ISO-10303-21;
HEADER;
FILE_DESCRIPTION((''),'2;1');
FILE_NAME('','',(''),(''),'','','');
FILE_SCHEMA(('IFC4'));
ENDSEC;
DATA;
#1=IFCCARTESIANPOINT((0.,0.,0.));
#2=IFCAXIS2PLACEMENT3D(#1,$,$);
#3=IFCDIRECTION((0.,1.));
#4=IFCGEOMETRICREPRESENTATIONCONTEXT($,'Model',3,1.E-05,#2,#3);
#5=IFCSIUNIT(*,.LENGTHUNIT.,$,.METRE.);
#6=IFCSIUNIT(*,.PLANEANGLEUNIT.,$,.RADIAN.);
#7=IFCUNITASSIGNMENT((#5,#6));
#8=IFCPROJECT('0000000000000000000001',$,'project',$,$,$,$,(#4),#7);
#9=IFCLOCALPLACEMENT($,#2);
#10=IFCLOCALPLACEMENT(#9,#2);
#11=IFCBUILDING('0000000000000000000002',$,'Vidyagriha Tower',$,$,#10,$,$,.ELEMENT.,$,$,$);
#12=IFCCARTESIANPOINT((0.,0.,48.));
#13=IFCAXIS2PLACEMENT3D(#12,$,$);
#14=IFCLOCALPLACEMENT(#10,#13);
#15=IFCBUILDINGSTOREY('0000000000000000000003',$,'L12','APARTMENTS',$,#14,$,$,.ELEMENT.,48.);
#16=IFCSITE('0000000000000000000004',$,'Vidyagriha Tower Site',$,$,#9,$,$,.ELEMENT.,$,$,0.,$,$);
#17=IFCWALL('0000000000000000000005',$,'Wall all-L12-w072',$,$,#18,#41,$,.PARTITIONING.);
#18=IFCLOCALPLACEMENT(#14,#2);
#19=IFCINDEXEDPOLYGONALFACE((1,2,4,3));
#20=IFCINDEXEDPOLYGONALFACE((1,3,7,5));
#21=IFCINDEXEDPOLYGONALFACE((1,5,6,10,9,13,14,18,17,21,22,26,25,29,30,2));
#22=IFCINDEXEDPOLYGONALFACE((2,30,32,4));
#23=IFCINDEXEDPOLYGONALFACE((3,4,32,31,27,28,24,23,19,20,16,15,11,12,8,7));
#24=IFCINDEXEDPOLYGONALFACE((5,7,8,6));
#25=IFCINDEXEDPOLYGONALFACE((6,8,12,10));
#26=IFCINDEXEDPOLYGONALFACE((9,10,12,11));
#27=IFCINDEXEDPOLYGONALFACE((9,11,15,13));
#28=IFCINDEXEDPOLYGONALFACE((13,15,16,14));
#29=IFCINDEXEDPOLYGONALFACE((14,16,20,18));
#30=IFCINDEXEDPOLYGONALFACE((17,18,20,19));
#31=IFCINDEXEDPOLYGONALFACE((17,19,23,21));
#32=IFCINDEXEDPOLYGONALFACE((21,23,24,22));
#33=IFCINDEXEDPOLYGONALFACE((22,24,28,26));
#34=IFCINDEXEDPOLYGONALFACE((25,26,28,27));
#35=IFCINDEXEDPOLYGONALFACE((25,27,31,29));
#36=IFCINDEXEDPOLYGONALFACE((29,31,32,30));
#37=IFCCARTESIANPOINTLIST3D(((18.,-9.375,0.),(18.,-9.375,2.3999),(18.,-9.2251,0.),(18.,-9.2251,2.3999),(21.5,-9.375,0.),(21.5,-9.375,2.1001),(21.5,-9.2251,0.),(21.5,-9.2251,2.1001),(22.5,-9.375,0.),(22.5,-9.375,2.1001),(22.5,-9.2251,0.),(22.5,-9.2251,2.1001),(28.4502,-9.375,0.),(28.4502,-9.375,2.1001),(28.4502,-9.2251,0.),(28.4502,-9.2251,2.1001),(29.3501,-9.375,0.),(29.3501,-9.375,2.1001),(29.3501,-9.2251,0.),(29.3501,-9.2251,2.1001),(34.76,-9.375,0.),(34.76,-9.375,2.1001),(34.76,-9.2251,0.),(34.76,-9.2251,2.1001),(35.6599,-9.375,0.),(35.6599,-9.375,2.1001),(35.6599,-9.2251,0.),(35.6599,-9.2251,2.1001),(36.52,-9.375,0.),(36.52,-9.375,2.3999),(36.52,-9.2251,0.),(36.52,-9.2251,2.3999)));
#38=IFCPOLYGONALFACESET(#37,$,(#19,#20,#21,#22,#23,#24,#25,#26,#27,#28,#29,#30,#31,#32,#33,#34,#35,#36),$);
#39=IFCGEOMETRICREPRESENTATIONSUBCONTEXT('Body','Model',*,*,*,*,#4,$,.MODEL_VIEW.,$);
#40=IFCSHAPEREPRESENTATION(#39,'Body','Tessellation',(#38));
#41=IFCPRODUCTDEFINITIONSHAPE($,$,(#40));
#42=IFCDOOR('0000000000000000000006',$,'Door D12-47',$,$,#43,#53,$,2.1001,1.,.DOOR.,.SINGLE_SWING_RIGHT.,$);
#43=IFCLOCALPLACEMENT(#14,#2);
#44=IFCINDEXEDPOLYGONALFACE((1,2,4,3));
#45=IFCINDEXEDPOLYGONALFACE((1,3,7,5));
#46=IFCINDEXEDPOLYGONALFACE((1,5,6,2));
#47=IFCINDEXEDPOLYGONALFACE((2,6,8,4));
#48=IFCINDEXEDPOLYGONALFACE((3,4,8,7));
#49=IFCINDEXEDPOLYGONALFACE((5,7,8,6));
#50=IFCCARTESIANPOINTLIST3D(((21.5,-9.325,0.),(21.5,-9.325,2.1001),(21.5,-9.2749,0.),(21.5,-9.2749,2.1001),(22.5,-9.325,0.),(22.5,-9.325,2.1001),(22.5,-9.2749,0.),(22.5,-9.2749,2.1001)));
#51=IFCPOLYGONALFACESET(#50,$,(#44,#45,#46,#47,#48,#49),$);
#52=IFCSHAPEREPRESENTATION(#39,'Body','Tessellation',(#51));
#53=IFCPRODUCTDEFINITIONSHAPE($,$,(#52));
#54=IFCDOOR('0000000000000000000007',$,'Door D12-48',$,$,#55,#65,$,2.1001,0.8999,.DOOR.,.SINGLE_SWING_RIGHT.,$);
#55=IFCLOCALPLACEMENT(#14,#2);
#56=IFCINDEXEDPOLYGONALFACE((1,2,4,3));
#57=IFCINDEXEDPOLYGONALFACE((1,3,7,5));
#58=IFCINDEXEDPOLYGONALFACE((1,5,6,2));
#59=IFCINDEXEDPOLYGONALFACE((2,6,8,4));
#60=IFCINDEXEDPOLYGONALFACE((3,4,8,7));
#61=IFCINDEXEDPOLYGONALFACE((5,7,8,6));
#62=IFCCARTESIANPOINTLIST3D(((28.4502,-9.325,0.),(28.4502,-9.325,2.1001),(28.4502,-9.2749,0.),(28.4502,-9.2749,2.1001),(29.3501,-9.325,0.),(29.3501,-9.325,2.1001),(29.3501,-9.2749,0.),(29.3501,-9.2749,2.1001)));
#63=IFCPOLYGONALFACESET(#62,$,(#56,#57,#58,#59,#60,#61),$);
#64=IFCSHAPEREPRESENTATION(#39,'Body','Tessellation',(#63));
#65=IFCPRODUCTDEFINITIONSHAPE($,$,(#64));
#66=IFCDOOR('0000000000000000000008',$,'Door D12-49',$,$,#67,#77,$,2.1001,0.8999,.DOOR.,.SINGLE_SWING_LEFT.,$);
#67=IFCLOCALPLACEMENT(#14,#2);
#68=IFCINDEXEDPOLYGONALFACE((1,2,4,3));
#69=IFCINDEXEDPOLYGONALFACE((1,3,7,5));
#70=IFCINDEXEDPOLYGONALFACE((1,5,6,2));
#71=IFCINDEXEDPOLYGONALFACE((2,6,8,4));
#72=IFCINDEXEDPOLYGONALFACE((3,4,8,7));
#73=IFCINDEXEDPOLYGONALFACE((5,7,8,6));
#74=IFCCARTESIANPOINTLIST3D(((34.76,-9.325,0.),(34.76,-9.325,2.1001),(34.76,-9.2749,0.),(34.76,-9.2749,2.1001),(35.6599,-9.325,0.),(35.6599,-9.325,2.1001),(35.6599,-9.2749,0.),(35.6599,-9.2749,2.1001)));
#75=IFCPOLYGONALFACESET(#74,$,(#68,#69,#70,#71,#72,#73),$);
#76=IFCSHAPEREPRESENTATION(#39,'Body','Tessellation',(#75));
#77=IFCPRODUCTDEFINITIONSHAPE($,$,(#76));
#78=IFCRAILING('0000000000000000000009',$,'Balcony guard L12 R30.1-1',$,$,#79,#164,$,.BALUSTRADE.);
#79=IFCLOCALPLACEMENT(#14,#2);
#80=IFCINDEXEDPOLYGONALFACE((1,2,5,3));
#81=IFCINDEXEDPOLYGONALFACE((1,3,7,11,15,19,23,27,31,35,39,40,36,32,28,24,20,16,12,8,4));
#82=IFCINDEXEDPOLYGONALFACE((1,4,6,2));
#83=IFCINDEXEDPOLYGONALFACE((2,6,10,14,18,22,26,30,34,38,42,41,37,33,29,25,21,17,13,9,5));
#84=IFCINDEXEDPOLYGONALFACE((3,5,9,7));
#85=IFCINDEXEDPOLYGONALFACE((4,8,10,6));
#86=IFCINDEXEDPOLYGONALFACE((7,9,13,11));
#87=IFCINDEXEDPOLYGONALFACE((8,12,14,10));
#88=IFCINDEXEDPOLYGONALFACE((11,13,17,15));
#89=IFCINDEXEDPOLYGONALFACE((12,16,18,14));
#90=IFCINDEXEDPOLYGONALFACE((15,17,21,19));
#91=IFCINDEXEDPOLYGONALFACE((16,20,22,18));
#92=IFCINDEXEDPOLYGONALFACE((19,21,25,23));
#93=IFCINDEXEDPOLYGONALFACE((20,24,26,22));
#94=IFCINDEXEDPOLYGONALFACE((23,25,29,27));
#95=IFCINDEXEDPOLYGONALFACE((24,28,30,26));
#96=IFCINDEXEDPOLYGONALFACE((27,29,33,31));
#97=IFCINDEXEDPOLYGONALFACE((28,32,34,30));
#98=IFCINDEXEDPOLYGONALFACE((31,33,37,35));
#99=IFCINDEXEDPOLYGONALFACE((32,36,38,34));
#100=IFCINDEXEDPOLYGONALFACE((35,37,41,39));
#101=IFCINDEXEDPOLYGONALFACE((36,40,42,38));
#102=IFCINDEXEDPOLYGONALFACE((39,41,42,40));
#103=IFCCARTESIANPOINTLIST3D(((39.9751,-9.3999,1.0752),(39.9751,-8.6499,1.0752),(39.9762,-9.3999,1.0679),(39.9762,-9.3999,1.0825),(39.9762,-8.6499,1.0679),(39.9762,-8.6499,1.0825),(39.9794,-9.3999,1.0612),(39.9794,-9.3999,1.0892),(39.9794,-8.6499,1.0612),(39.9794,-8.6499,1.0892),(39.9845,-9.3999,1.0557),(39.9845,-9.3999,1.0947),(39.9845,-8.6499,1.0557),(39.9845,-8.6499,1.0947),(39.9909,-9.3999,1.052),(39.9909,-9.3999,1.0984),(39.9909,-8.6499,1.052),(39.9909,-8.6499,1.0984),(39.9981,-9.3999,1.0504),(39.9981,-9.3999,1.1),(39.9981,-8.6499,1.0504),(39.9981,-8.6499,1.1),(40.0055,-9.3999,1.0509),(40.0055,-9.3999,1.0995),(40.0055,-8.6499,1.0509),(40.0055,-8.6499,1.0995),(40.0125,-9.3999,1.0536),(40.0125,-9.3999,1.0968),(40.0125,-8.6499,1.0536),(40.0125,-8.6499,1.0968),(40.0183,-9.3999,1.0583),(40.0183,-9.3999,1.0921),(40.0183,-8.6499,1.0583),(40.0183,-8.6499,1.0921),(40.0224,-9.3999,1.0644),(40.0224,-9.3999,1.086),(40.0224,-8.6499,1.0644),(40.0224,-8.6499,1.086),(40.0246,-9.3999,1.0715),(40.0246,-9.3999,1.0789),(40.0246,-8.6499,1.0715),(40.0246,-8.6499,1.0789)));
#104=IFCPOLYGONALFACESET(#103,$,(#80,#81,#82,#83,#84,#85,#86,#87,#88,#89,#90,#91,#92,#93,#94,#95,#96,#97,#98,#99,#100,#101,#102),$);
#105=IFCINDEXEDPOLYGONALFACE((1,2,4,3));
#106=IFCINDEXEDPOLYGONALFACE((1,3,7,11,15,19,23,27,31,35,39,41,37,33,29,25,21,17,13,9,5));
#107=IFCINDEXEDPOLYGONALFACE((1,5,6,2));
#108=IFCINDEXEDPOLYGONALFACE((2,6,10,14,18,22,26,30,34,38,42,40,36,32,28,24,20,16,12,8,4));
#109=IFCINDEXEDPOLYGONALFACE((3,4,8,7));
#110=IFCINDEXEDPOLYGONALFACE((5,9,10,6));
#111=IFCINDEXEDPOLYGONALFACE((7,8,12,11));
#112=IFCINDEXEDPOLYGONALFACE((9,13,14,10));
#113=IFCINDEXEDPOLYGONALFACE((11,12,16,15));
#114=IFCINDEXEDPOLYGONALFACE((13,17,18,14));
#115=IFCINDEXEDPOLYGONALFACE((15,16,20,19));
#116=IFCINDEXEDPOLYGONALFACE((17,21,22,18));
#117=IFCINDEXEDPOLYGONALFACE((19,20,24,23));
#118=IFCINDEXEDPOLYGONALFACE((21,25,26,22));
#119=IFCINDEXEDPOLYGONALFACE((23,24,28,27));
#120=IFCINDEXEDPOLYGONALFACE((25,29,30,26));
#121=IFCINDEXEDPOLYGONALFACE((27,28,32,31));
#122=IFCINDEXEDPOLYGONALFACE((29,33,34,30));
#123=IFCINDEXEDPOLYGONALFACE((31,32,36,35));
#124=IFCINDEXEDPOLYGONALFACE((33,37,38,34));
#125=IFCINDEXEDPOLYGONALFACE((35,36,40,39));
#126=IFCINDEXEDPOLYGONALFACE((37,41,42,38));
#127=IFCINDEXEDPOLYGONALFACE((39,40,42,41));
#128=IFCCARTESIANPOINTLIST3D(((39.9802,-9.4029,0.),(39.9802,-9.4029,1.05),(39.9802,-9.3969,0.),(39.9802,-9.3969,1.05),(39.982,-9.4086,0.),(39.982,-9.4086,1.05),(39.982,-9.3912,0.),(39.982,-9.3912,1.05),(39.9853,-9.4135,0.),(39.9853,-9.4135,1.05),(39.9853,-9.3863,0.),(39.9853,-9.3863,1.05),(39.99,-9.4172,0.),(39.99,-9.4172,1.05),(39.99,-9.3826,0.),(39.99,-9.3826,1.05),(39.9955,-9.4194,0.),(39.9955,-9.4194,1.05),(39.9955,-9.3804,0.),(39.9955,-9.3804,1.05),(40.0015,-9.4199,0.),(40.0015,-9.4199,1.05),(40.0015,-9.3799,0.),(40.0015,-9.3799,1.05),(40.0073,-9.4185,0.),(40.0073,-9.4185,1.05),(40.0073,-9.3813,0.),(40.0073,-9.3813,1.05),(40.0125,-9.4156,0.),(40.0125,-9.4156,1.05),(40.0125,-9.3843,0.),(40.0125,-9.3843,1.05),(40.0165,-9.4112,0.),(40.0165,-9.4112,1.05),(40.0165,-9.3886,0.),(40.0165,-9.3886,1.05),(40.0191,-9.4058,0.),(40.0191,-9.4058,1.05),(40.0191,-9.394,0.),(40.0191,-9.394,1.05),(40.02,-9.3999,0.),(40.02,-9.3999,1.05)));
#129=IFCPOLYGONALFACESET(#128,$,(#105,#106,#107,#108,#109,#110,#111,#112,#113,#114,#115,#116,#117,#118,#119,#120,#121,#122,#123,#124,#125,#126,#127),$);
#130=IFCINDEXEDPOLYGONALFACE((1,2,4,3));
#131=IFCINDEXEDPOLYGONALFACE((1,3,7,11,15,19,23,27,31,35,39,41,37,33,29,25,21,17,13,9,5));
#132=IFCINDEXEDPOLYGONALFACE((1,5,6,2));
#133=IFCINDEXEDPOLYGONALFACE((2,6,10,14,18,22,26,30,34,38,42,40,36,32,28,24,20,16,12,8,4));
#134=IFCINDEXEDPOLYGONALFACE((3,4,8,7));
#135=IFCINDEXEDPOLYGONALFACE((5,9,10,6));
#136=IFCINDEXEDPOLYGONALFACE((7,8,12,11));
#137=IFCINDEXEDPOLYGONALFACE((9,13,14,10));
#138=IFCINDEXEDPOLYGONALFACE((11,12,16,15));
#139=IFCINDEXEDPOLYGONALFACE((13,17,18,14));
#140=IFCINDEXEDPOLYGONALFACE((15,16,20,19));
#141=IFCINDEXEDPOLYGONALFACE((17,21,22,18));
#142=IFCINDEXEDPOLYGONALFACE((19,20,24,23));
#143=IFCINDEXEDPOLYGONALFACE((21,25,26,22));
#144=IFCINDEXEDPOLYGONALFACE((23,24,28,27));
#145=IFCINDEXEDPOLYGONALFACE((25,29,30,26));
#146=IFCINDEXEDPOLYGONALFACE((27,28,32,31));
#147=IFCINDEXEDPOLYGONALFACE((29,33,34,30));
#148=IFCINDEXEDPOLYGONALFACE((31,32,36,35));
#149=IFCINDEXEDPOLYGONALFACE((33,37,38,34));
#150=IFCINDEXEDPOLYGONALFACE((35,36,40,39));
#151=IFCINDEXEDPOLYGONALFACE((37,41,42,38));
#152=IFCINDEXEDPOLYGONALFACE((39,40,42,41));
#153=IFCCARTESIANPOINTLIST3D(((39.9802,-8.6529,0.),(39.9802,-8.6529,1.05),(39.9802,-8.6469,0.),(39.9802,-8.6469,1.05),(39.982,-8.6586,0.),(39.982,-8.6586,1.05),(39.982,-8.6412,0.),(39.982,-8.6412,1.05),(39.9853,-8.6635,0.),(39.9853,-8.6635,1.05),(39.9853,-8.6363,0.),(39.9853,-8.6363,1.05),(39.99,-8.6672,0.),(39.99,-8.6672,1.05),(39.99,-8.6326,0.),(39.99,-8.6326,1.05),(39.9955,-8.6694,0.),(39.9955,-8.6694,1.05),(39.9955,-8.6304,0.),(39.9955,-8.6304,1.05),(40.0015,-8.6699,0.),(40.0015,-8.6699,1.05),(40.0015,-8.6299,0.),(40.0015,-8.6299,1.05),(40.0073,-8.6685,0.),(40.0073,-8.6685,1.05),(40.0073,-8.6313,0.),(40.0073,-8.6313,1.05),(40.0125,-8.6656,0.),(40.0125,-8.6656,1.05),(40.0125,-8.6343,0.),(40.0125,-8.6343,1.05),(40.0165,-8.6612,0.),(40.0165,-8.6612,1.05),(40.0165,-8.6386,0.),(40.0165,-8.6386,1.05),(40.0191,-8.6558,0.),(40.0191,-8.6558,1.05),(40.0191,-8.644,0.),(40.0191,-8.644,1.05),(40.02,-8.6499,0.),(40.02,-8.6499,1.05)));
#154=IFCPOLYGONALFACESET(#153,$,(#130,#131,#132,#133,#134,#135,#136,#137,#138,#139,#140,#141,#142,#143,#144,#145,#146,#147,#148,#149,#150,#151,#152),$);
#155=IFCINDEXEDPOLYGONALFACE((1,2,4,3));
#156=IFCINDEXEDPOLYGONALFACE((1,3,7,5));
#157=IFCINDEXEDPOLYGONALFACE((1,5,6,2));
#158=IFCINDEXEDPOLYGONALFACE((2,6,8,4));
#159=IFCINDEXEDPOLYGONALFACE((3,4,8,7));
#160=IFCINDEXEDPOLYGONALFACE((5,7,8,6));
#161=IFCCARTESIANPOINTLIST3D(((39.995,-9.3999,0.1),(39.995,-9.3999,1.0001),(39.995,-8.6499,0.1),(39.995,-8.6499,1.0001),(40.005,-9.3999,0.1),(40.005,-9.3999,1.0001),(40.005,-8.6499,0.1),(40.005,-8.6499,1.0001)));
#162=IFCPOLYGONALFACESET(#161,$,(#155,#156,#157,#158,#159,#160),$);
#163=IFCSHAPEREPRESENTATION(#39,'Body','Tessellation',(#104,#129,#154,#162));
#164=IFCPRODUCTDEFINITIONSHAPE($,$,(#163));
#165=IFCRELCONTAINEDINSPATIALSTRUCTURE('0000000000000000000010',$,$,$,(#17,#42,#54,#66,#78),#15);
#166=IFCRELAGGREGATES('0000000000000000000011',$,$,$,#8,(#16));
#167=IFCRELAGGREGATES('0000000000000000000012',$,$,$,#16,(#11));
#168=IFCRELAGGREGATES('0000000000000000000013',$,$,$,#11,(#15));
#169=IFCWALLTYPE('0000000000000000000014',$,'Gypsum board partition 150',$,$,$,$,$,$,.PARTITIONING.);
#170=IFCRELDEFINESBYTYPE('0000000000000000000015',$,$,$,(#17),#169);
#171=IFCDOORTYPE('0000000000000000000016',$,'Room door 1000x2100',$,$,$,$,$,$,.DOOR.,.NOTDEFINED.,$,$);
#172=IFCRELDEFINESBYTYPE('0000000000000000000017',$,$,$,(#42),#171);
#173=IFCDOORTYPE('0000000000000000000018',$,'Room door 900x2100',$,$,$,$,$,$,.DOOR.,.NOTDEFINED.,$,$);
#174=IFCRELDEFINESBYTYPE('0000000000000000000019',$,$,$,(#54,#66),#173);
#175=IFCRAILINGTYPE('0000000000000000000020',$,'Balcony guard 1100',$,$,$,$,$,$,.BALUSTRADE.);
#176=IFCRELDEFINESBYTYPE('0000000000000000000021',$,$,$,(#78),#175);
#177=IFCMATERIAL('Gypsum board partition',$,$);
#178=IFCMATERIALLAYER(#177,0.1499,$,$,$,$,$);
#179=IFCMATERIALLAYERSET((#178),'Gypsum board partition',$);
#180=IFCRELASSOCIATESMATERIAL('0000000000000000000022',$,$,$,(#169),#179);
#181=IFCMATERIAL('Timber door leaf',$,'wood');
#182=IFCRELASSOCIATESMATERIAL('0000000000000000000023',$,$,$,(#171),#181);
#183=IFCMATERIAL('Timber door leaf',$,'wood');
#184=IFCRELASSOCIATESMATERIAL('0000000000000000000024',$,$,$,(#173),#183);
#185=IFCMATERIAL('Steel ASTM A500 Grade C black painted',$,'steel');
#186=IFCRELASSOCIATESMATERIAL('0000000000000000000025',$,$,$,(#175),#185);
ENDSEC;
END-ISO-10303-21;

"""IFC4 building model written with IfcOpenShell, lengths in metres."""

from ifc_helpers import new_model, si_unit, direction, frame, frame_2d, origin, origin_2d, place, context, subcontext, project, spatial, rectangle, circle, extrude, material, layer, layer_set, type_object, element, fill, save


model = new_model("IFC4")

# Units and contexts
model_context = context("Model", 3, precision=1e-05, world=origin(), true_north=direction((0.0, 1.0)))
body_context = subcontext(model_context, "Body", "Model", "MODEL_VIEW")
ifc_project = project(units=[si_unit("LENGTHUNIT", "METRE"), si_unit("PLANEANGLEUNIT", "RADIAN")], contexts=[model_context])

# Site, building, storey
site_placement = place(None, origin())
site = spatial("IfcSite", under=ifc_project, at=site_placement, Name="Vidyagriha Tower Site", CompositionType="ELEMENT", RefElevation=0.0)
building_placement = place(site_placement, origin())
building = spatial("IfcBuilding", under=site, at=building_placement, Name="Vidyagriha Tower", CompositionType="ELEMENT")
storey_placement = place(building_placement, frame((0.0, 0.0, 48.0)))
storey = spatial("IfcBuildingStorey", under=building, at=storey_placement, Name="L12", Description="APARTMENTS", CompositionType="ELEMENT", Elevation=48.0)

# Wall, openings, doors
ifc_material_1 = material(Name="Gypsum board partition")
ifc_layer_1 = layer(ifc_material_1, 0.1499)
ifc_layer_set_1 = layer_set([ifc_layer_1], Name="Gypsum board partition")
wall_type_1 = type_object("IfcWallType", Name="Gypsum board partition 150", PredefinedType="PARTITIONING", material=ifc_layer_set_1)
wall_1_placement = place(storey_placement, frame((36.52, -9.3, 0.0), z_axis=(0.0, 0.0, 1.0), x_axis=(-1.0, 0.0, 0.0)))
wall_1 = element("IfcWall", 1, at=wall_1_placement, inside=storey, type_object=wall_type_1, Name="Wall all-L12-w072", PredefinedType="PARTITIONING", context=body_context, shape_type="SweptSolid", body=[
    extrude(rectangle(XDim=18.52, YDim=0.1499, at=frame_2d((9.26, 0.0))), origin(), (0.0, 0.0, 1.0), 2.3999),
])
opening_1_placement = place(wall_1_placement, frame((14.02, 0.0, 0.0)))
opening_1 = element("IfcOpeningElement", 2, at=opening_1_placement, cuts=wall_1, PredefinedType="OPENING", context=body_context, shape_type="SweptSolid", body=[
    extrude(rectangle(XDim=1.0, YDim=2.1001, at=frame_2d((0.5, 1.05))), frame((0.0, 0.085, 0.0), z_axis=(0.0, -1.0, 0.0), x_axis=(1.0, 0.0, 0.0)), (0.0, 0.0, 1.0), 0.1699),
])
opening_2_placement = place(wall_1_placement, frame((7.1699, 0.0, 0.0)))
opening_2 = element("IfcOpeningElement", 3, at=opening_2_placement, cuts=wall_1, PredefinedType="OPENING", context=body_context, shape_type="SweptSolid", body=[
    extrude(rectangle(XDim=0.8999, YDim=2.1001, at=frame_2d((0.45, 1.05))), frame((0.0, 0.085, 0.0), z_axis=(0.0, -1.0, 0.0), x_axis=(1.0, 0.0, 0.0)), (0.0, 0.0, 1.0), 0.1699),
])
opening_3_placement = place(wall_1_placement, frame((0.8601, 0.0, 0.0)))
opening_3 = element("IfcOpeningElement", 4, at=opening_3_placement, cuts=wall_1, PredefinedType="OPENING", context=body_context, shape_type="SweptSolid", body=[
    extrude(rectangle(XDim=0.8999, YDim=2.1001, at=frame_2d((0.45, 1.05))), frame((0.0, 0.085, 0.0), z_axis=(0.0, -1.0, 0.0), x_axis=(1.0, 0.0, 0.0)), (0.0, 0.0, 1.0), 0.1699),
])
ifc_material_2 = material(Name="Timber door leaf", Category="wood")
door_type_1 = type_object("IfcDoorType", Name="Room door 1000x2100", OperationType="NOTDEFINED", PredefinedType="DOOR", material=ifc_material_2)
door_1_placement = place(opening_1_placement, origin())
door_1 = element("IfcDoor", 5, at=door_1_placement, inside=storey, type_object=door_type_1, Name="Door D12-47", OperationType="SINGLE_SWING_RIGHT", OverallHeight=2.1001, OverallWidth=1.0, PredefinedType="DOOR", context=body_context, shape_type="SweptSolid", body=[
    extrude(rectangle(XDim=1.0, YDim=2.1001, at=frame_2d((0.5, 1.05))), frame((0.0, 0.0249, 0.0), z_axis=(0.0, -1.0, 0.0), x_axis=(1.0, 0.0, 0.0)), (0.0, 0.0, 1.0), 0.05),
])
fill(opening_1, door_1)
ifc_material_3 = material(Name="Timber door leaf", Category="wood")
door_type_2 = type_object("IfcDoorType", Name="Room door 900x2100", OperationType="NOTDEFINED", PredefinedType="DOOR", material=ifc_material_3)
door_2_placement = place(opening_2_placement, origin())
door_2 = element("IfcDoor", 6, at=door_2_placement, inside=storey, type_object=door_type_2, Name="Door D12-48", OperationType="SINGLE_SWING_RIGHT", OverallHeight=2.1001, OverallWidth=0.8999, PredefinedType="DOOR", context=body_context, shape_type="SweptSolid", body=[
    extrude(rectangle(XDim=0.8999, YDim=2.1001, at=frame_2d((0.45, 1.05))), frame((0.0, 0.0249, 0.0), z_axis=(0.0, -1.0, 0.0), x_axis=(1.0, 0.0, 0.0)), (0.0, 0.0, 1.0), 0.05),
])
fill(opening_2, door_2)
door_3_placement = place(opening_3_placement, origin())
door_3 = element("IfcDoor", 7, at=door_3_placement, inside=storey, type_object=door_type_2, Name="Door D12-49", OperationType="SINGLE_SWING_LEFT", OverallHeight=2.1001, OverallWidth=0.8999, PredefinedType="DOOR", context=body_context, shape_type="SweptSolid", body=[
    extrude(rectangle(XDim=0.8999, YDim=2.1001, at=frame_2d((0.45, 1.05))), frame((0.0, 0.0249, 0.0), z_axis=(0.0, -1.0, 0.0), x_axis=(1.0, 0.0, 0.0)), (0.0, 0.0, 1.0), 0.05),
])
fill(opening_3, door_3)

# Railing
ifc_material_4 = material(Name="Steel ASTM A500 Grade C black painted", Category="steel")
railing_type_1 = type_object("IfcRailingType", Name="Balcony guard 1100", PredefinedType="BALUSTRADE", material=ifc_material_4)
railing_1_placement = place(storey_placement, frame((40.0, -9.3999, 0.0)))
element("IfcRailing", 8, at=railing_1_placement, inside=storey, type_object=railing_type_1, Name="Balcony guard L12 R30.1-1", PredefinedType="BALUSTRADE", context=body_context, shape_type="SweptSolid", body=[
    extrude(circle(Radius=0.0249, at=origin_2d()), frame((0.0, 0.0, 1.0752), z_axis=(0.0, 1.0, 0.0), x_axis=(-1.0, 0.0, 0.0)), (0.0, 0.0, 1.0), 0.75),
    extrude(circle(Radius=0.02, at=origin_2d()), origin(), (0.0, 0.0, 1.0), 1.05),
    extrude(circle(Radius=0.02, at=origin_2d()), frame((0.0, 0.75, 0.0)), (0.0, 0.0, 1.0), 1.05),
    extrude(rectangle(XDim=0.01, YDim=0.9001, at=origin_2d()), frame((0.0, 0.0, 0.55), z_axis=(0.0, 1.0, 0.0), x_axis=(-1.0, 0.0, 0.0)), (0.0, 0.0, 1.0), 0.75),
])

save(model, "model.ifc")
